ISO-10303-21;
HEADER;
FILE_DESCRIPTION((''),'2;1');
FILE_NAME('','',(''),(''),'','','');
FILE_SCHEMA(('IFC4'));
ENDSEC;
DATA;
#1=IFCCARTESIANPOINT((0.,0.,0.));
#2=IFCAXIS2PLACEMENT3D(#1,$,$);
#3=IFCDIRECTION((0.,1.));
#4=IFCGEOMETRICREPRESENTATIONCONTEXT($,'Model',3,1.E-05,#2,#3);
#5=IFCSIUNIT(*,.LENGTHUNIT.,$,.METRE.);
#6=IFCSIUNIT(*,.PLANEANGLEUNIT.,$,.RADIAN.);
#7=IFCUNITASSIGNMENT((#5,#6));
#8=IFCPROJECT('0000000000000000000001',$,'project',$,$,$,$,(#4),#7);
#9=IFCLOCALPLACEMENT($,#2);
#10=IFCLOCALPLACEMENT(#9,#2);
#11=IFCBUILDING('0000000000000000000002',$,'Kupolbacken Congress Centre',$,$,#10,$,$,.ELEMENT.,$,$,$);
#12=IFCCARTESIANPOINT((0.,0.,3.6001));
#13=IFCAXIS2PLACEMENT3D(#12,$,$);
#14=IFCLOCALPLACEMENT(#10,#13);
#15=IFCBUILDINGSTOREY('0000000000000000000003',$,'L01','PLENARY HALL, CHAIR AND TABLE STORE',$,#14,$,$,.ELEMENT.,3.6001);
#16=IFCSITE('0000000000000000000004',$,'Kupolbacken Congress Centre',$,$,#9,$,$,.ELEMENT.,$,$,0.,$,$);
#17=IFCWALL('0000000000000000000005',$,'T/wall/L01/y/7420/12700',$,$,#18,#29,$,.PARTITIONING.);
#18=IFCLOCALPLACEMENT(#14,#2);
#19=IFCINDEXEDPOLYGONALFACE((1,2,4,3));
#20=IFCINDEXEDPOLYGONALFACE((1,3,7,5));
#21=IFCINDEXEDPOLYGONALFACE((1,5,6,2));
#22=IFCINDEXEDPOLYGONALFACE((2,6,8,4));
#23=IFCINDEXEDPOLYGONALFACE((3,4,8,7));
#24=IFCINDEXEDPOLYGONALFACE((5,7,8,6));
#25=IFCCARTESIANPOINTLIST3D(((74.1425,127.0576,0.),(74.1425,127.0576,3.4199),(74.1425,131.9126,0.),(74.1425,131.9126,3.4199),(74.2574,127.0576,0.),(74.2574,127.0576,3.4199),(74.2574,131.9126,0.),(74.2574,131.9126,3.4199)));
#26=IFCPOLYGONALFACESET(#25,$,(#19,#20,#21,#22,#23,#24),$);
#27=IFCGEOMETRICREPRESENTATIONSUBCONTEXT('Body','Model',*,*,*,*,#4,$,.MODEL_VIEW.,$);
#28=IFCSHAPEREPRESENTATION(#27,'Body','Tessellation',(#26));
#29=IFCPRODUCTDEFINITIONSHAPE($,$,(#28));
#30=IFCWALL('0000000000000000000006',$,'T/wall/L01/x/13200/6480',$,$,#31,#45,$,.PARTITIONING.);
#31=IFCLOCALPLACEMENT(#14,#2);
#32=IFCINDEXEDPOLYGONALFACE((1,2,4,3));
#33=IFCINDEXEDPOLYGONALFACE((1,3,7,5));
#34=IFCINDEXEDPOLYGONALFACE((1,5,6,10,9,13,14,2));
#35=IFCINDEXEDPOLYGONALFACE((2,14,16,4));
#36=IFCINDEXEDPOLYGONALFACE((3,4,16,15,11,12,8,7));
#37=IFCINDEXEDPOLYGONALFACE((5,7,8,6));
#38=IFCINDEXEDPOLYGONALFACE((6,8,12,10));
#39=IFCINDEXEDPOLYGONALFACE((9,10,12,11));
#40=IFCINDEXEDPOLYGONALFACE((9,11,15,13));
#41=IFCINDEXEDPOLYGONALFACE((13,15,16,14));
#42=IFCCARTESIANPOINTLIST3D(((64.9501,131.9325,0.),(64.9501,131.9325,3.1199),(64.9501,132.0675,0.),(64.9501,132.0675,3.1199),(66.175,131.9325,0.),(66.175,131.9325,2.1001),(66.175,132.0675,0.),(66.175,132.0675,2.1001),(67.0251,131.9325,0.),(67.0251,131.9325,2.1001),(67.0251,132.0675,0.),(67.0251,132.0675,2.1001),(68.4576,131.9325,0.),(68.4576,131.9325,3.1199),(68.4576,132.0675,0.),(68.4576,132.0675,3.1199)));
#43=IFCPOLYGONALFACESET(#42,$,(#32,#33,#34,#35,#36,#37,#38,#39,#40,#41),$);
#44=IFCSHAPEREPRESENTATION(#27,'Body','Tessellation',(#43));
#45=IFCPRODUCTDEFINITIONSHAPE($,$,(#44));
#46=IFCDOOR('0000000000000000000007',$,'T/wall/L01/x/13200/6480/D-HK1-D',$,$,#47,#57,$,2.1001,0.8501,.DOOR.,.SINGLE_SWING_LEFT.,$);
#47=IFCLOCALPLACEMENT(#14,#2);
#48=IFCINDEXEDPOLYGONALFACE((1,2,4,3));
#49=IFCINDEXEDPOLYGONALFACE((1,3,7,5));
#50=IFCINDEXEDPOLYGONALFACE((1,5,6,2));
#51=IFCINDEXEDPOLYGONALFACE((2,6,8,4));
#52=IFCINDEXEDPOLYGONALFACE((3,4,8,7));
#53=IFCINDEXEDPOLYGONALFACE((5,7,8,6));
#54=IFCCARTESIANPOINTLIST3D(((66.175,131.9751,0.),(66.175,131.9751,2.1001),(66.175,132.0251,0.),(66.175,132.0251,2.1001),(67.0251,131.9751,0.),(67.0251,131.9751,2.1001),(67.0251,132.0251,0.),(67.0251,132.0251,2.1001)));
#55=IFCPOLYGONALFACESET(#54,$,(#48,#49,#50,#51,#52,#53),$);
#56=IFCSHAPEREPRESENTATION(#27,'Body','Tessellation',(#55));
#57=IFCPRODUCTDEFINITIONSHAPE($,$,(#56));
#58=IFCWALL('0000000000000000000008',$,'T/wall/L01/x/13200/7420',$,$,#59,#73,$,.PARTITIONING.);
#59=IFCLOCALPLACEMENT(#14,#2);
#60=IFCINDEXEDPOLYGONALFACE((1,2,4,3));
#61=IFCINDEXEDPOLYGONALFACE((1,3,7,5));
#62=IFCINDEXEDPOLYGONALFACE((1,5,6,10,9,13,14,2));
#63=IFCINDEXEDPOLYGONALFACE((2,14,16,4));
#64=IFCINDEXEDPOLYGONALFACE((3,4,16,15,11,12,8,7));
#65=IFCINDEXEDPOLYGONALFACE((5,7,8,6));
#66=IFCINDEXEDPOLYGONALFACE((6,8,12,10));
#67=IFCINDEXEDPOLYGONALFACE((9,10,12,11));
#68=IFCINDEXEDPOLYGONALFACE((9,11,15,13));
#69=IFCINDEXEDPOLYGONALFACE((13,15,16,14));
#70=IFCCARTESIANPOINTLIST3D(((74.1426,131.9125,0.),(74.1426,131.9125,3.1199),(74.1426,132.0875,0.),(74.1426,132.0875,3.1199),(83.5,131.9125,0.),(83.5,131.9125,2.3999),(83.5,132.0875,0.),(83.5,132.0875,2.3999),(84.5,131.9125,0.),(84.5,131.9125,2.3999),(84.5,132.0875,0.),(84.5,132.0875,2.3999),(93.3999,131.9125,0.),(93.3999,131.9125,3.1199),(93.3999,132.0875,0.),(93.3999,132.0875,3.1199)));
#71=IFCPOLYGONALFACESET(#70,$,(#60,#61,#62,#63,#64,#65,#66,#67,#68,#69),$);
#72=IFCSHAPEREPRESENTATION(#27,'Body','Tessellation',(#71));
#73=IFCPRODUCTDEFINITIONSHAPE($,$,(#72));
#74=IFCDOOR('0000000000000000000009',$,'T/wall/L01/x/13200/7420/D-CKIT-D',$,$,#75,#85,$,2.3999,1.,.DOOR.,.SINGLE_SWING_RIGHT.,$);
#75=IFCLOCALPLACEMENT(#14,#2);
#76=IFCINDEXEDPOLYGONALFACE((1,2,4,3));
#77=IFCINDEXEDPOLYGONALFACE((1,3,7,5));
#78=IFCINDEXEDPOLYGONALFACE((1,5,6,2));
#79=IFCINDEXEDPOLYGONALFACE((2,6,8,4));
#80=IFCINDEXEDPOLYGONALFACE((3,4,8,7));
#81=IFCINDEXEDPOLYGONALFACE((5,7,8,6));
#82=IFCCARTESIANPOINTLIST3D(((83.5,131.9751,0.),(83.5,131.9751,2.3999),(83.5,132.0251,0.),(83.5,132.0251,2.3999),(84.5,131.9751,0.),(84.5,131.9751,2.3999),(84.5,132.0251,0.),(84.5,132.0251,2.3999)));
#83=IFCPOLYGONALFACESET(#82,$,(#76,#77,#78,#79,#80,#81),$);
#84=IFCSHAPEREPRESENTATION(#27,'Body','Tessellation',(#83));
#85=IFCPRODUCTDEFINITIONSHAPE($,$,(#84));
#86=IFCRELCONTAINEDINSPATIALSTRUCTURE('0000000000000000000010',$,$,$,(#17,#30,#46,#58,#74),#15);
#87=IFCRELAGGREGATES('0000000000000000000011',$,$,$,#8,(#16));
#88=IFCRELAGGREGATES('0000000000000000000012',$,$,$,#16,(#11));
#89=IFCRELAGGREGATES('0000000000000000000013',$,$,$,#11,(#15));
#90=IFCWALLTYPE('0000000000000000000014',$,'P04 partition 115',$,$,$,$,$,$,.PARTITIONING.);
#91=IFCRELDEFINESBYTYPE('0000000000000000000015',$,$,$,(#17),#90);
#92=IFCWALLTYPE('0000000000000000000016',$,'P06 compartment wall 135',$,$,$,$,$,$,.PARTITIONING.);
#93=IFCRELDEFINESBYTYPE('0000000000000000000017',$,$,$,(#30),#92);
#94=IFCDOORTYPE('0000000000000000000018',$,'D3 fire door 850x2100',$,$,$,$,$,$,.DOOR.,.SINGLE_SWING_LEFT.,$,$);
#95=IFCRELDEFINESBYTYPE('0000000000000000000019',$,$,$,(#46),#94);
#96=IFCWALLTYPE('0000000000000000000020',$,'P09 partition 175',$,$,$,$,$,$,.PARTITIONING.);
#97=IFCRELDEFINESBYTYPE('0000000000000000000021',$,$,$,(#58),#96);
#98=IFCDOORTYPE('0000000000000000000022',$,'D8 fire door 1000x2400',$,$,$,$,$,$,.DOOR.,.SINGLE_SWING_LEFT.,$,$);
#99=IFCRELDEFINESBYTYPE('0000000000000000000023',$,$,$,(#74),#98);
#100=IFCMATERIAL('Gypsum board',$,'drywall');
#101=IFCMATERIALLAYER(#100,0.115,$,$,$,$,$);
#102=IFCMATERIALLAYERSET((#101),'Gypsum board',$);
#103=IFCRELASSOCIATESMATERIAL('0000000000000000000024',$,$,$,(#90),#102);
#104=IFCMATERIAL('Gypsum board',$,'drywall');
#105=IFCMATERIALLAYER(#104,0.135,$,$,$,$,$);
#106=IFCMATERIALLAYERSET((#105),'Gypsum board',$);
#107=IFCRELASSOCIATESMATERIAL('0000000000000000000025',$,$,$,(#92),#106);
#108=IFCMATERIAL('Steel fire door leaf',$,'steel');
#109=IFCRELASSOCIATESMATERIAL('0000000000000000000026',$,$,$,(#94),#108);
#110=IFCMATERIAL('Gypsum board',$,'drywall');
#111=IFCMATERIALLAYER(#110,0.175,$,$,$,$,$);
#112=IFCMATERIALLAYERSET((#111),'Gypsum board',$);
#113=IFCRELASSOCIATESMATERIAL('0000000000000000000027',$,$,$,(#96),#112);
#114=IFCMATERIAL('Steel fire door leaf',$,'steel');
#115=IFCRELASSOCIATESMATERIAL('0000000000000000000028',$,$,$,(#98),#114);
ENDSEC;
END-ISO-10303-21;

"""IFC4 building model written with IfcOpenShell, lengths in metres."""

from ifc_helpers import new_model, si_unit, direction, frame, frame_2d, origin, place, context, subcontext, project, spatial, rectangle, extrude, material, layer, layer_set, type_object, element, fill, save


model = new_model("IFC4")

# Units and contexts
model_context = context("Model", 3, precision=1e-05, world=origin(), true_north=direction((0.0, 1.0)))
body_context = subcontext(model_context, "Body", "Model", "MODEL_VIEW")
ifc_project = project(units=[si_unit("LENGTHUNIT", "METRE"), si_unit("PLANEANGLEUNIT", "RADIAN")], contexts=[model_context])

# Site, building, storey
site_placement = place(None, origin())
site = spatial("IfcSite", under=ifc_project, at=site_placement, Name="Kupolbacken Congress Centre", CompositionType="ELEMENT", RefElevation=0.0)
building_placement = place(site_placement, origin())
building = spatial("IfcBuilding", under=site, at=building_placement, Name="Kupolbacken Congress Centre", CompositionType="ELEMENT")
storey_placement = place(building_placement, frame((0.0, 0.0, 3.6001)))
storey = spatial("IfcBuildingStorey", under=building, at=storey_placement, Name="L01", Description="PLENARY HALL, CHAIR AND TABLE STORE", CompositionType="ELEMENT", Elevation=3.6001)

# Shared definitions
ifc_material_1 = material(Name="Gypsum board", Category="drywall")
ifc_layer_1 = layer(ifc_material_1, 0.115)
ifc_layer_set_1 = layer_set([ifc_layer_1], Name="Gypsum board")
wall_type_1 = type_object("IfcWallType", Name="P04 partition 115", PredefinedType="PARTITIONING", material=ifc_layer_set_1)

# Wall
wall_1_placement = place(storey_placement, frame((74.2, 127.0576, 0.0), z_axis=(0.0, 0.0, 1.0), x_axis=(0.0, 1.0, 0.0)))
element("IfcWall", 1, at=wall_1_placement, inside=storey, type_object=wall_type_1, Name="T/wall/L01/y/7420/12700", PredefinedType="PARTITIONING", context=body_context, shape_type="SweptSolid", body=[
    extrude(rectangle(XDim=4.855, YDim=0.115, at=frame_2d((2.4275, 0.0))), origin(), (0.0, 0.0, 1.0), 3.4199),
])

# Walls, openings, doors
ifc_material_2 = material(Name="Gypsum board", Category="drywall")
ifc_layer_2 = layer(ifc_material_2, 0.135)
ifc_layer_set_2 = layer_set([ifc_layer_2], Name="Gypsum board")
wall_type_2 = type_object("IfcWallType", Name="P06 compartment wall 135", PredefinedType="PARTITIONING", material=ifc_layer_set_2)
wall_2_placement = place(storey_placement, frame((64.95, 132.0, 0.0), z_axis=(0.0, 0.0, 1.0), x_axis=(1.0, 0.0, 0.0)))
wall_2 = element("IfcWall", 2, at=wall_2_placement, inside=storey, type_object=wall_type_2, Name="T/wall/L01/x/13200/6480", PredefinedType="PARTITIONING", context=body_context, shape_type="SweptSolid", body=[
    extrude(rectangle(XDim=3.5076, YDim=0.135, at=frame_2d((1.7539, 0.0))), origin(), (0.0, 0.0, 1.0), 3.1199),
])
opening_1_placement = place(wall_2_placement, frame((1.2251, 0.0, 0.0)))
opening_1 = element("IfcOpeningElement", 3, at=opening_1_placement, cuts=wall_2, PredefinedType="OPENING", context=body_context, shape_type="SweptSolid", body=[
    extrude(rectangle(XDim=0.8501, YDim=2.1001, at=frame_2d((0.425, 1.05))), frame((0.0, 0.0774, 0.0), z_axis=(0.0, -1.0, 0.0), x_axis=(1.0, 0.0, 0.0)), (0.0, 0.0, 1.0), 0.155),
])
ifc_material_3 = material(Name="Steel fire door leaf", Category="steel")
door_type_1 = type_object("IfcDoorType", Name="D3 fire door 850x2100", OperationType="SINGLE_SWING_LEFT", PredefinedType="DOOR", material=ifc_material_3)
door_1_placement = place(opening_1_placement, frame((0.8501, 0.0, 0.0), z_axis=(0.0, 0.0, 1.0), x_axis=(-1.0, 0.0, 0.0)))
door_1 = element("IfcDoor", 4, at=door_1_placement, inside=storey, type_object=door_type_1, Name="T/wall/L01/x/13200/6480/D-HK1-D", OperationType="SINGLE_SWING_LEFT", OverallHeight=2.1001, OverallWidth=0.8501, PredefinedType="DOOR", context=body_context, shape_type="SweptSolid", body=[
    extrude(rectangle(XDim=0.8501, YDim=2.1001, at=frame_2d((0.425, 1.05))), frame((0.0, 0.0249, 0.0), z_axis=(0.0, -1.0, 0.0), x_axis=(1.0, 0.0, 0.0)), (0.0, 0.0, 1.0), 0.05),
])
fill(opening_1, door_1)
ifc_material_4 = material(Name="Gypsum board", Category="drywall")
ifc_layer_3 = layer(ifc_material_4, 0.175)
ifc_layer_set_3 = layer_set([ifc_layer_3], Name="Gypsum board")
wall_type_3 = type_object("IfcWallType", Name="P09 partition 175", PredefinedType="PARTITIONING", material=ifc_layer_set_3)
wall_3_placement = place(storey_placement, frame((74.1426, 132.0, 0.0), z_axis=(0.0, 0.0, 1.0), x_axis=(1.0, 0.0, 0.0)))
wall_3 = element("IfcWall", 5, at=wall_3_placement, inside=storey, type_object=wall_type_3, Name="T/wall/L01/x/13200/7420", PredefinedType="PARTITIONING", context=body_context, shape_type="SweptSolid", body=[
    extrude(rectangle(XDim=19.2573, YDim=0.175, at=frame_2d((9.6287, 0.0))), origin(), (0.0, 0.0, 1.0), 3.1199),
])
opening_2_placement = place(wall_3_placement, frame((9.3574, 0.0, 0.0)))
opening_2 = element("IfcOpeningElement", 6, at=opening_2_placement, cuts=wall_3, PredefinedType="OPENING", context=body_context, shape_type="SweptSolid", body=[
    extrude(rectangle(XDim=1.0, YDim=2.3999, at=frame_2d((0.5, 1.2))), frame((0.0, 0.0974, 0.0), z_axis=(0.0, -1.0, 0.0), x_axis=(1.0, 0.0, 0.0)), (0.0, 0.0, 1.0), 0.1951),
])
ifc_material_5 = material(Name="Steel fire door leaf", Category="steel")
door_type_2 = type_object("IfcDoorType", Name="D8 fire door 1000x2400", OperationType="SINGLE_SWING_LEFT", PredefinedType="DOOR", material=ifc_material_5)
door_2_placement = place(opening_2_placement, frame((1.0, 0.0, 0.0), z_axis=(0.0, 0.0, 1.0), x_axis=(-1.0, 0.0, 0.0)))
door_2 = element("IfcDoor", 7, at=door_2_placement, inside=storey, type_object=door_type_2, Name="T/wall/L01/x/13200/7420/D-CKIT-D", OperationType="SINGLE_SWING_RIGHT", OverallHeight=2.3999, OverallWidth=1.0, PredefinedType="DOOR", context=body_context, shape_type="SweptSolid", body=[
    extrude(rectangle(XDim=1.0, YDim=2.3999, at=frame_2d((0.5, 1.2))), frame((0.0, 0.0249, 0.0), z_axis=(0.0, -1.0, 0.0), x_axis=(1.0, 0.0, 0.0)), (0.0, 0.0, 1.0), 0.05),
])
fill(opening_2, door_2)

save(model, "model.ifc")
